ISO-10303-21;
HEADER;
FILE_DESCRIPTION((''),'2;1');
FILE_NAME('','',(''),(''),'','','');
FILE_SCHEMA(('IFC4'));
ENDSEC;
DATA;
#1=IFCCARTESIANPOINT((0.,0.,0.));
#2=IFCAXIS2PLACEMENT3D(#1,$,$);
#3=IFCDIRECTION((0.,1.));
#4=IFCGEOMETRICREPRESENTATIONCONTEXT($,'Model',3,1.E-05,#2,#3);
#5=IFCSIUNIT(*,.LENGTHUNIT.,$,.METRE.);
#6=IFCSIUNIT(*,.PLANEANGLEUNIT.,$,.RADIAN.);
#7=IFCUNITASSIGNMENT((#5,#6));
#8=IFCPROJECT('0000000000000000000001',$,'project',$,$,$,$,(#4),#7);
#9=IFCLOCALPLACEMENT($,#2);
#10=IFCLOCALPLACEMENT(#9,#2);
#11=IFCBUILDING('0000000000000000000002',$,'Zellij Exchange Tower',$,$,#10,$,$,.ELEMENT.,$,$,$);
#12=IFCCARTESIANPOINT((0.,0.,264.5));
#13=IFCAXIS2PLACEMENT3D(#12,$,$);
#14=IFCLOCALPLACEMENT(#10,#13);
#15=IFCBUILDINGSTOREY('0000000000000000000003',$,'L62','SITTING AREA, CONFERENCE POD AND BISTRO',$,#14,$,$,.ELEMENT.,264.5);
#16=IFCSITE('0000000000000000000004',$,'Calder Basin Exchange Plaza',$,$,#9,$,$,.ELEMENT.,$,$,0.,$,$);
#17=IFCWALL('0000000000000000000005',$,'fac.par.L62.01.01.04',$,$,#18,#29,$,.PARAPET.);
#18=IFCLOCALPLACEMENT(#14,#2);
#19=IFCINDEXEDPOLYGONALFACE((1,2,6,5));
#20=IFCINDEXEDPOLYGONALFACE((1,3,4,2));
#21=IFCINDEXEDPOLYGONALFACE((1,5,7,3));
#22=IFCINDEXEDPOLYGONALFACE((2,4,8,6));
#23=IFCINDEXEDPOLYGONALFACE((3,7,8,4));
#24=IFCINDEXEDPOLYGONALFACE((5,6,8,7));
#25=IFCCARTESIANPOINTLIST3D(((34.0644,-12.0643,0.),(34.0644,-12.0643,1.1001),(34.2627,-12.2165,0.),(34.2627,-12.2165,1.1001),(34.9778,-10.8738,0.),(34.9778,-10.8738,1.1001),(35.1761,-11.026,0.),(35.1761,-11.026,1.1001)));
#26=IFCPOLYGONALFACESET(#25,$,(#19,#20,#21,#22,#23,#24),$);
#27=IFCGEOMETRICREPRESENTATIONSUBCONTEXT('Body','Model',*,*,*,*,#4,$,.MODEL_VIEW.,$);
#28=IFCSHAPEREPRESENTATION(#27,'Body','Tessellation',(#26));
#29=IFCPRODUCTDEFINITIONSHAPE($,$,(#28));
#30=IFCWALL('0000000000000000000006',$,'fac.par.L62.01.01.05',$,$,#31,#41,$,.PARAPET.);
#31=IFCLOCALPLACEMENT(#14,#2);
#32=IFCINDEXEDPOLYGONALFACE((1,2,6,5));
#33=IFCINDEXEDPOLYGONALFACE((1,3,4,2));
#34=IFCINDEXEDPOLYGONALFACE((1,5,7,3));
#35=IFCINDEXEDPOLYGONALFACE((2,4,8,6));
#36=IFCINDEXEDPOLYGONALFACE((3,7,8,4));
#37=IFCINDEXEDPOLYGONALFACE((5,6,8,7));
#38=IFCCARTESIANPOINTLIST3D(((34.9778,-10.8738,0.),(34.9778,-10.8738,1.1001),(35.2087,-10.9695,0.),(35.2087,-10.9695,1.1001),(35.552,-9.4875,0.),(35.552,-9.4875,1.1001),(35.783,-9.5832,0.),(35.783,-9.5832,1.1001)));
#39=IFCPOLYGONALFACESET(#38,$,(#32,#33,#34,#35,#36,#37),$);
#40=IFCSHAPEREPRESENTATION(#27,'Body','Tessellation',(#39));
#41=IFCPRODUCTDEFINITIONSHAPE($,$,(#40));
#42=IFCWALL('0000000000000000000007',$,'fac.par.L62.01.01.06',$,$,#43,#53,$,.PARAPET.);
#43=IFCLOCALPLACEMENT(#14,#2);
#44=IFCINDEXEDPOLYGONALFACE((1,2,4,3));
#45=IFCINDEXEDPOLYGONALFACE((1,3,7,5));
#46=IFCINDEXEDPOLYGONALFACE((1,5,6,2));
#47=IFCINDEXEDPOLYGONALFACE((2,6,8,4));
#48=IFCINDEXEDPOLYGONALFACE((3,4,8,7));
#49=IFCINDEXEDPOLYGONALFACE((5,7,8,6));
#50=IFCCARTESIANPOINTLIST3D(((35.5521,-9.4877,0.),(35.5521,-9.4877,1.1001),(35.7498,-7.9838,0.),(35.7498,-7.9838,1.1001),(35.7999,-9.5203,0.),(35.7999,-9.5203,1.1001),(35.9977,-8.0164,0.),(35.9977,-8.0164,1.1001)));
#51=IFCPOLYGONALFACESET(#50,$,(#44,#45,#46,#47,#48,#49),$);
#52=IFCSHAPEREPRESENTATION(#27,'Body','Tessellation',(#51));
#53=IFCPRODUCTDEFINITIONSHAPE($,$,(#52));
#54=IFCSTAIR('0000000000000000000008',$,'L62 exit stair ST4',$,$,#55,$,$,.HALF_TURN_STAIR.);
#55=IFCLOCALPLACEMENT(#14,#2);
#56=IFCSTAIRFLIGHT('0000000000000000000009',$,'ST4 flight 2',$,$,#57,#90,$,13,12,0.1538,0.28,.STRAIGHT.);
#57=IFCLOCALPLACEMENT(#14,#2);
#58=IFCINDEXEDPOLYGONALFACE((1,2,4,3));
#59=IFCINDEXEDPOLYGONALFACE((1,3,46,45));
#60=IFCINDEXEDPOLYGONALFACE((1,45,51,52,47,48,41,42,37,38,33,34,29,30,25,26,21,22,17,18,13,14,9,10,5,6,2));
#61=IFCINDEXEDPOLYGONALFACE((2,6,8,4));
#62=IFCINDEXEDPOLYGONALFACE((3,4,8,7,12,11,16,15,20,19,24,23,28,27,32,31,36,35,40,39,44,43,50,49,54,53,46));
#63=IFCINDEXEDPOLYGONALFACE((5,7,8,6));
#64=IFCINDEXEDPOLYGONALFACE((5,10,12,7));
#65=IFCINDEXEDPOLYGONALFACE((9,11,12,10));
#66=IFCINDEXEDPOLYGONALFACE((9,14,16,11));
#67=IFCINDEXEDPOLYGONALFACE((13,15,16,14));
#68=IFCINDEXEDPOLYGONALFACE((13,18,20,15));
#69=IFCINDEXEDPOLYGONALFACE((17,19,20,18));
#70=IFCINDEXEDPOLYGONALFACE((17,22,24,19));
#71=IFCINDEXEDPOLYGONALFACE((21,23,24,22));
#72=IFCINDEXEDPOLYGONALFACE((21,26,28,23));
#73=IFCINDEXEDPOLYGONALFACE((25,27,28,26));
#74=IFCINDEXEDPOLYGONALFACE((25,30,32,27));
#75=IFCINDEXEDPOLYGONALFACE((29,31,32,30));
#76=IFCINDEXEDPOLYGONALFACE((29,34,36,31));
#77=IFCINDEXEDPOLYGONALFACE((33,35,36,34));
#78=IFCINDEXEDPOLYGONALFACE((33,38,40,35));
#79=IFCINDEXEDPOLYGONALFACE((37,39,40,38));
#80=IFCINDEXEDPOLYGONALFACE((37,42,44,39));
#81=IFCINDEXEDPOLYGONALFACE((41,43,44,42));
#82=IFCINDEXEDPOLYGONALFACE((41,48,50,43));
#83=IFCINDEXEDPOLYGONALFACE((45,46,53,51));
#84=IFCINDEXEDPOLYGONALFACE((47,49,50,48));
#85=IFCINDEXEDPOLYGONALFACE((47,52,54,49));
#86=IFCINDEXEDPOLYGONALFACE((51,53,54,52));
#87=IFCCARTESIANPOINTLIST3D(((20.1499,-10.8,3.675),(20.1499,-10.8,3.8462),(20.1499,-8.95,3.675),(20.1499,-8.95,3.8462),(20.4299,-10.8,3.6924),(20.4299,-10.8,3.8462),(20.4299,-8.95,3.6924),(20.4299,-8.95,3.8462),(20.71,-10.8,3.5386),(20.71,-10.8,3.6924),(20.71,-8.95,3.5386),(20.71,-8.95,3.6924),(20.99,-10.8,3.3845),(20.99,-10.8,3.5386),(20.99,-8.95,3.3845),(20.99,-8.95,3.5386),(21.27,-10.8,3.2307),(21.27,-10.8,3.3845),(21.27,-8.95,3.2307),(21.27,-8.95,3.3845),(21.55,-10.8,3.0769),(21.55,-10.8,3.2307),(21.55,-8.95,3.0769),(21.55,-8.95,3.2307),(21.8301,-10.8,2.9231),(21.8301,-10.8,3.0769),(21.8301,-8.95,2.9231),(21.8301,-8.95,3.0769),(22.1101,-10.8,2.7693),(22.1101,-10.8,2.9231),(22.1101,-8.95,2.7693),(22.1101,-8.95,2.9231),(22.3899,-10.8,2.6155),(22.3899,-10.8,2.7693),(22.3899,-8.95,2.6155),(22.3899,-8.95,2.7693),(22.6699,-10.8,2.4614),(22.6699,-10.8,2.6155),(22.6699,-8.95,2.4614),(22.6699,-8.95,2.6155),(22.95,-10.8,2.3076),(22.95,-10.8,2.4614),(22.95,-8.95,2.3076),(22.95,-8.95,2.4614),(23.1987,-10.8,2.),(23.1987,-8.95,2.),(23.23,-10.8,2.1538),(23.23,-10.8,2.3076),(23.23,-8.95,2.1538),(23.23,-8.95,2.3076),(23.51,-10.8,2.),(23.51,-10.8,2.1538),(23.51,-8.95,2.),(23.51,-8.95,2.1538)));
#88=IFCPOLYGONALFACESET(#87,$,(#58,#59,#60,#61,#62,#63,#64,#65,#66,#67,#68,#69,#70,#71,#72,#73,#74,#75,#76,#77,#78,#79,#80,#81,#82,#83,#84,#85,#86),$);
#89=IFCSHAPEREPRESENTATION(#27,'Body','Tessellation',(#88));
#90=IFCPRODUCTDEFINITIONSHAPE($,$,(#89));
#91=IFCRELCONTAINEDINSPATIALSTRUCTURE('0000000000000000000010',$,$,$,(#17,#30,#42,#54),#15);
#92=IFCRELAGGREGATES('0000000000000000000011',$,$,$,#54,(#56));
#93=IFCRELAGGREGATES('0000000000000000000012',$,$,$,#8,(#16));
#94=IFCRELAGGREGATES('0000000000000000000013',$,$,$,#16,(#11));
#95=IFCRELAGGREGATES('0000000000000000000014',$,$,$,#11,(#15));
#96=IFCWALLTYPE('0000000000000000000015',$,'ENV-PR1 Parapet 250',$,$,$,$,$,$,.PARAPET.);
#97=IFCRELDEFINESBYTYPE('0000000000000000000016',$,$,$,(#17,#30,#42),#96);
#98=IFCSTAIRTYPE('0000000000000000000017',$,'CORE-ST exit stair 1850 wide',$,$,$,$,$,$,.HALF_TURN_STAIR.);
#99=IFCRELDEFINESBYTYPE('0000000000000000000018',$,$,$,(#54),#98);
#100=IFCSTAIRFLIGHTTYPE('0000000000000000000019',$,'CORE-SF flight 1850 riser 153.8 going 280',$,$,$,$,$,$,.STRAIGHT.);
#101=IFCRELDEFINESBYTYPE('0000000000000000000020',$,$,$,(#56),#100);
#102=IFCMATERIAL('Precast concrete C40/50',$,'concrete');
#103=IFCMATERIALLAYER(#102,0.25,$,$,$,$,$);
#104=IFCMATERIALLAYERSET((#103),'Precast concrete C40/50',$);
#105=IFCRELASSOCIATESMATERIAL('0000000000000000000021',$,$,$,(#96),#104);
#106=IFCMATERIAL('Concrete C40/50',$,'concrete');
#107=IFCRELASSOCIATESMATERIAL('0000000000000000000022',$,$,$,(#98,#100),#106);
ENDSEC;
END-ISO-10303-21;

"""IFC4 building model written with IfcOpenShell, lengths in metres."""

from ifc_helpers import new_model, si_unit, direction, frame, frame_2d, origin, place, context, subcontext, project, spatial, polyline, rectangle, outline, extrude, material, layer, layer_set, type_object, element, aggregate, save


model = new_model("IFC4")

# Units and contexts
model_context = context("Model", 3, precision=1e-05, world=origin(), true_north=direction((0.0, 1.0)))
body_context = subcontext(model_context, "Body", "Model", "MODEL_VIEW")
ifc_project = project(units=[si_unit("LENGTHUNIT", "METRE"), si_unit("PLANEANGLEUNIT", "RADIAN")], contexts=[model_context])

# Site, building, storey
site_placement = place(None, origin())
site = spatial("IfcSite", under=ifc_project, at=site_placement, Name="Calder Basin Exchange Plaza", CompositionType="ELEMENT", RefElevation=0.0)
building_placement = place(site_placement, origin())
building = spatial("IfcBuilding", under=site, at=building_placement, Name="Zellij Exchange Tower", CompositionType="ELEMENT")
storey_placement = place(building_placement, frame((0.0, 0.0, 264.5)))
storey = spatial("IfcBuildingStorey", under=building, at=storey_placement, Name="L62", Description="SITTING AREA, CONFERENCE POD AND BISTRO", CompositionType="ELEMENT", Elevation=264.5)

# Walls
ifc_material_1 = material(Name="Precast concrete C40/50", Category="concrete")
ifc_layer_1 = layer(ifc_material_1, 0.25)
ifc_layer_set_1 = layer_set([ifc_layer_1], Name="Precast concrete C40/50")
wall_type_1 = type_object("IfcWallType", Name="ENV-PR1 Parapet 250", PredefinedType="PARAPET", material=ifc_layer_set_1)
for number, where, z_axis, x_axis, name in (
    (1, (34.1636, -12.1404, 0.0), (0.0, 0.0, 1.0), (0.608712, 0.793392, 0.0), "fac.par.L62.01.01.04"),
    (2, (35.0933, -10.9216, 0.0), (0.0, 0.0, 1.0), (0.382697, 0.923874, 0.0), "fac.par.L62.01.01.05"),
):
    element("IfcWall", number, at=place(storey_placement, frame(where, z_axis=z_axis, x_axis=x_axis)), inside=storey, type_object=wall_type_1, Name=name, PredefinedType="PARAPET", context=body_context, shape_type="SweptSolid", body=[
        extrude(rectangle(XDim=1.5005, YDim=0.25, at=frame_2d((0.7502, 0.0))), origin(), (0.0, 0.0, 1.0), 1.1001),
    ])
wall_1_placement = place(storey_placement, frame((35.676, -9.5039, 0.0), z_axis=(0.0, 0.0, 1.0), x_axis=(0.130371, 0.991465, 0.0)))
element("IfcWall", 3, at=wall_1_placement, inside=storey, type_object=wall_type_1, Name="fac.par.L62.01.01.06", PredefinedType="PARAPET", context=body_context, shape_type="SweptSolid", body=[
    extrude(rectangle(XDim=1.5168, YDim=0.25, at=frame_2d((0.7583, 0.0))), origin(), (0.0, 0.0, 1.0), 1.1001),
])

# Stair, stair flight
ifc_material_2 = material(Name="Concrete C40/50", Category="concrete")
stair_type = type_object("IfcStairType", Name="CORE-ST exit stair 1850 wide", PredefinedType="HALF_TURN_STAIR", material=ifc_material_2)
stair_placement = place(storey_placement, origin())
stair = element("IfcStair", 4, at=stair_placement, inside=storey, type_object=stair_type, Name="L62 exit stair ST4", PredefinedType="HALF_TURN_STAIR")
stair_flight_type = type_object("IfcStairFlightType", Name="CORE-SF flight 1850 riser 153.8 going 280", PredefinedType="STRAIGHT", material=ifc_material_2)
stair_flight_placement = place(storey_placement, frame((23.51, -9.875, 2.0), z_axis=(0.0, 0.0, 1.0), x_axis=(-1.0, 0.0, 0.0)))
stair_flight = element("IfcStairFlight", 5, at=stair_flight_placement, type_object=stair_flight_type, Name="ST4 flight 2", NumberOfRisers=13, NumberOfTreads=12, PredefinedType="STRAIGHT", RiserHeight=0.1538, TreadLength=0.28, context=body_context, shape_type="SweptSolid", body=[
    extrude(outline(polyline([(0.0, 0.0), (0.0, 0.1538), (0.28, 0.1538), (0.28, 0.3076), (0.5601, 0.3076), (0.5601, 0.4614), (0.8401, 0.4614), (0.8401, 0.6155), (1.1201, 0.6155), (1.1201, 0.7693), (1.3999, 0.7693), (1.3999, 0.9231), (1.6799, 0.9231), (1.6799, 1.0769), (1.96, 1.0769), (1.96, 1.2307), (2.24, 1.2307), (2.24, 1.3845), (2.52, 1.3845), (2.52, 1.5386), (2.8, 1.5386), (2.8, 1.6924), (3.0801, 1.6924), (3.0801, 1.8462), (3.3601, 1.8462), (3.3601, 2.0), (3.3601, 1.675), (0.3113, 0.0), (0.0, 0.0)])), frame((0.0, 0.925, 0.0), z_axis=(0.0, -1.0, 0.0), x_axis=(1.0, 0.0, 0.0)), (0.0, 0.0, 1.0), 1.8501),
])
aggregate(stair, [stair_flight])

save(model, "model.ifc")
